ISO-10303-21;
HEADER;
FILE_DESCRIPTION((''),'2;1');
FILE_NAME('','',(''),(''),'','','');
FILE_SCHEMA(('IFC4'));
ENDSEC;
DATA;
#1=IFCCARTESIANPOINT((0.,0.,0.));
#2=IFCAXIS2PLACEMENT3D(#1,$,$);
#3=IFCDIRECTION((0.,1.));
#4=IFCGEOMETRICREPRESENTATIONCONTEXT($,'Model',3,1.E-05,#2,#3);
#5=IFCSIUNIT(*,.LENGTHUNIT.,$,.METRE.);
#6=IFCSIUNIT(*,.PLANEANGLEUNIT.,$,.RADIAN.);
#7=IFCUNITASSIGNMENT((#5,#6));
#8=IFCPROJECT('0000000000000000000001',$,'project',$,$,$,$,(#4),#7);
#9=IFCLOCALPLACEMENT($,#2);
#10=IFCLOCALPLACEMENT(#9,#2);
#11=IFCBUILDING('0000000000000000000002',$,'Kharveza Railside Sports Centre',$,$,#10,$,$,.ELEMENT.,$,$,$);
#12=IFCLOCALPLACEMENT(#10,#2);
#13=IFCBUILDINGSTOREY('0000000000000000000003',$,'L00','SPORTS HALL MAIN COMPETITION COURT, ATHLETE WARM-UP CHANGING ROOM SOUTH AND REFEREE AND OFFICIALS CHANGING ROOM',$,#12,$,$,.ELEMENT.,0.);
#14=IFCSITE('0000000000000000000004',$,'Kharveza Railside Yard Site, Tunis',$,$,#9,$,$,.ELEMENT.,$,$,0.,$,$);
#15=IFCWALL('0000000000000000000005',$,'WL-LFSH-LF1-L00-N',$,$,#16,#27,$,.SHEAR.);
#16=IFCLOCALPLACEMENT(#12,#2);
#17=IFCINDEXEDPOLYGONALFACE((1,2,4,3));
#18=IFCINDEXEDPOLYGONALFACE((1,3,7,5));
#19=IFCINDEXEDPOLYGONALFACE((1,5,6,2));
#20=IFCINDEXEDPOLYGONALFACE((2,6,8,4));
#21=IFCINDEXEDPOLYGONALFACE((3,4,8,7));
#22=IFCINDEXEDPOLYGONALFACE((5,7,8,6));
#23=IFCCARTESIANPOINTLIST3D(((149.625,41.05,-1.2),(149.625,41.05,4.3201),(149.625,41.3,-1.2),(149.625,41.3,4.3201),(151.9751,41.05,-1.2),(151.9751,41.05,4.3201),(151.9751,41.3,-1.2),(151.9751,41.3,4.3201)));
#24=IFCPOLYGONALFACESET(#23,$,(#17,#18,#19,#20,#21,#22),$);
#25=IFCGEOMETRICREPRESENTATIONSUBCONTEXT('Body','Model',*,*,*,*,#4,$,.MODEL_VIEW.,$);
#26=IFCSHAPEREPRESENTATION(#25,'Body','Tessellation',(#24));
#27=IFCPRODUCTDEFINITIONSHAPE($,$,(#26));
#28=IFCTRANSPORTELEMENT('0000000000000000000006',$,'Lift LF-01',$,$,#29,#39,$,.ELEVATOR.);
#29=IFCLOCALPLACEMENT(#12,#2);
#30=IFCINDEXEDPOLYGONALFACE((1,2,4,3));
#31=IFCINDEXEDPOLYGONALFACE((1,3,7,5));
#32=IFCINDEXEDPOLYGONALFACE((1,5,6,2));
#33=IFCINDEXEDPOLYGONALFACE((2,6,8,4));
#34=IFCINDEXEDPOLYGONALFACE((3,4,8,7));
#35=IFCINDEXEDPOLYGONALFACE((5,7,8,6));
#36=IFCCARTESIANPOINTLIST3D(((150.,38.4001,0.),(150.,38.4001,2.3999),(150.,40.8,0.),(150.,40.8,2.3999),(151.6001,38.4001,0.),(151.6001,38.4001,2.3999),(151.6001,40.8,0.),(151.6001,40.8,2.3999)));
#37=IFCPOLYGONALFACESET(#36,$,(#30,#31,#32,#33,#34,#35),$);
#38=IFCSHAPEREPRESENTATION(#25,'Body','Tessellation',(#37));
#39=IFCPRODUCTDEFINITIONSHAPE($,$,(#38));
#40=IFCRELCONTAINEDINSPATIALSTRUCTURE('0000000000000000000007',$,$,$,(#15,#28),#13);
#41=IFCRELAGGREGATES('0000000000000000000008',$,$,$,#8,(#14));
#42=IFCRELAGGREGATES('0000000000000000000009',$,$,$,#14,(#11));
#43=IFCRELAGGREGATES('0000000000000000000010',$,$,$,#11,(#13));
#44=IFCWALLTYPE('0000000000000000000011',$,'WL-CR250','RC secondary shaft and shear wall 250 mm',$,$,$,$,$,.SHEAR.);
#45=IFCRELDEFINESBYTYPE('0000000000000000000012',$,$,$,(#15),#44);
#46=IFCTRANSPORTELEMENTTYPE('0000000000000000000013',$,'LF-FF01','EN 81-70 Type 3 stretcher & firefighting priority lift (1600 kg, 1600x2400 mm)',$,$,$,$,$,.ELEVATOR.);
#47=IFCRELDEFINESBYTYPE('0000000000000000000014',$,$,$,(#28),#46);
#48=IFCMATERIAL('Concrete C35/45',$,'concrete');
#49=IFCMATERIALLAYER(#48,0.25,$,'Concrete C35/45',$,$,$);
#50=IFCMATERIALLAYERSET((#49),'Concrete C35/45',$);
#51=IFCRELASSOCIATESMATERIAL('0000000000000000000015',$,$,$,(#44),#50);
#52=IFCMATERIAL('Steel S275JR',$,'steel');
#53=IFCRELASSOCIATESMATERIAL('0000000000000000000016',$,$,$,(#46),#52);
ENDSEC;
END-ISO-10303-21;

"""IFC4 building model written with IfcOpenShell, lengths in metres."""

from ifc_helpers import new_model, si_unit, direction, frame, frame_2d, origin, origin_2d, place, context, subcontext, project, spatial, rectangle, extrude, material, layer, layer_set, type_object, element, save


model = new_model("IFC4")

# Units and contexts
model_context = context("Model", 3, precision=1e-05, world=origin(), true_north=direction((0.0, 1.0)))
body_context = subcontext(model_context, "Body", "Model", "MODEL_VIEW")
ifc_project = project(units=[si_unit("LENGTHUNIT", "METRE"), si_unit("PLANEANGLEUNIT", "RADIAN")], contexts=[model_context])

# Site, building, storey
site_placement = place(None, origin())
site = spatial("IfcSite", under=ifc_project, at=site_placement, Name="Kharveza Railside Yard Site, Tunis", CompositionType="ELEMENT", RefElevation=0.0)
building_placement = place(site_placement, origin())
building = spatial("IfcBuilding", under=site, at=building_placement, Name="Kharveza Railside Sports Centre", CompositionType="ELEMENT")
storey_placement = place(building_placement, origin())
storey = spatial("IfcBuildingStorey", under=building, at=storey_placement, Name="L00", Description="SPORTS HALL MAIN COMPETITION COURT, ATHLETE WARM-UP CHANGING ROOM SOUTH AND REFEREE AND OFFICIALS CHANGING ROOM", CompositionType="ELEMENT", Elevation=0.0)

# Shared definitions
ifc_material_1 = material(Name="Concrete C35/45", Category="concrete")

# Wall
ifc_layer = layer(ifc_material_1, 0.25, Name="Concrete C35/45")
ifc_layer_set = layer_set([ifc_layer], Name="Concrete C35/45")
wall_type = type_object("IfcWallType", Name="WL-CR250", Description="RC secondary shaft and shear wall 250 mm", PredefinedType="SHEAR", material=ifc_layer_set)
wall_1_placement = place(storey_placement, frame((151.9751, 41.175, -1.2), z_axis=(0.0, 0.0, 1.0), x_axis=(-1.0, 0.0, 0.0)))
element("IfcWall", 1, at=wall_1_placement, inside=storey, type_object=wall_type, Name="WL-LFSH-LF1-L00-N", PredefinedType="SHEAR", context=body_context, shape_type="SweptSolid", body=[
    extrude(rectangle(XDim=2.3501, YDim=0.25, at=frame_2d((1.175, 0.0))), origin(), (0.0, 0.0, 1.0), 5.52),
])

# Transport element
ifc_material_2 = material(Name="Steel S275JR", Category="steel")
transport_element_type = type_object("IfcTransportElementType", Name="LF-FF01", Description="EN 81-70 Type 3 stretcher & firefighting priority lift (1600 kg, 1600x2400 mm)", PredefinedType="ELEVATOR", material=ifc_material_2)
transport_element_placement = place(storey_placement, frame((150.8, 39.6001, 0.0), z_axis=(0.0, 0.0, 1.0), x_axis=(1.0, 0.0, 0.0)))
element("IfcTransportElement", 2, at=transport_element_placement, inside=storey, type_object=transport_element_type, Name="Lift LF-01", PredefinedType="ELEVATOR", context=body_context, shape_type="SweptSolid", body=[
    extrude(rectangle(XDim=1.6001, YDim=2.3999, at=origin_2d()), origin(), (0.0, 0.0, 1.0), 2.3999),
])

save(model, "model.ifc")
